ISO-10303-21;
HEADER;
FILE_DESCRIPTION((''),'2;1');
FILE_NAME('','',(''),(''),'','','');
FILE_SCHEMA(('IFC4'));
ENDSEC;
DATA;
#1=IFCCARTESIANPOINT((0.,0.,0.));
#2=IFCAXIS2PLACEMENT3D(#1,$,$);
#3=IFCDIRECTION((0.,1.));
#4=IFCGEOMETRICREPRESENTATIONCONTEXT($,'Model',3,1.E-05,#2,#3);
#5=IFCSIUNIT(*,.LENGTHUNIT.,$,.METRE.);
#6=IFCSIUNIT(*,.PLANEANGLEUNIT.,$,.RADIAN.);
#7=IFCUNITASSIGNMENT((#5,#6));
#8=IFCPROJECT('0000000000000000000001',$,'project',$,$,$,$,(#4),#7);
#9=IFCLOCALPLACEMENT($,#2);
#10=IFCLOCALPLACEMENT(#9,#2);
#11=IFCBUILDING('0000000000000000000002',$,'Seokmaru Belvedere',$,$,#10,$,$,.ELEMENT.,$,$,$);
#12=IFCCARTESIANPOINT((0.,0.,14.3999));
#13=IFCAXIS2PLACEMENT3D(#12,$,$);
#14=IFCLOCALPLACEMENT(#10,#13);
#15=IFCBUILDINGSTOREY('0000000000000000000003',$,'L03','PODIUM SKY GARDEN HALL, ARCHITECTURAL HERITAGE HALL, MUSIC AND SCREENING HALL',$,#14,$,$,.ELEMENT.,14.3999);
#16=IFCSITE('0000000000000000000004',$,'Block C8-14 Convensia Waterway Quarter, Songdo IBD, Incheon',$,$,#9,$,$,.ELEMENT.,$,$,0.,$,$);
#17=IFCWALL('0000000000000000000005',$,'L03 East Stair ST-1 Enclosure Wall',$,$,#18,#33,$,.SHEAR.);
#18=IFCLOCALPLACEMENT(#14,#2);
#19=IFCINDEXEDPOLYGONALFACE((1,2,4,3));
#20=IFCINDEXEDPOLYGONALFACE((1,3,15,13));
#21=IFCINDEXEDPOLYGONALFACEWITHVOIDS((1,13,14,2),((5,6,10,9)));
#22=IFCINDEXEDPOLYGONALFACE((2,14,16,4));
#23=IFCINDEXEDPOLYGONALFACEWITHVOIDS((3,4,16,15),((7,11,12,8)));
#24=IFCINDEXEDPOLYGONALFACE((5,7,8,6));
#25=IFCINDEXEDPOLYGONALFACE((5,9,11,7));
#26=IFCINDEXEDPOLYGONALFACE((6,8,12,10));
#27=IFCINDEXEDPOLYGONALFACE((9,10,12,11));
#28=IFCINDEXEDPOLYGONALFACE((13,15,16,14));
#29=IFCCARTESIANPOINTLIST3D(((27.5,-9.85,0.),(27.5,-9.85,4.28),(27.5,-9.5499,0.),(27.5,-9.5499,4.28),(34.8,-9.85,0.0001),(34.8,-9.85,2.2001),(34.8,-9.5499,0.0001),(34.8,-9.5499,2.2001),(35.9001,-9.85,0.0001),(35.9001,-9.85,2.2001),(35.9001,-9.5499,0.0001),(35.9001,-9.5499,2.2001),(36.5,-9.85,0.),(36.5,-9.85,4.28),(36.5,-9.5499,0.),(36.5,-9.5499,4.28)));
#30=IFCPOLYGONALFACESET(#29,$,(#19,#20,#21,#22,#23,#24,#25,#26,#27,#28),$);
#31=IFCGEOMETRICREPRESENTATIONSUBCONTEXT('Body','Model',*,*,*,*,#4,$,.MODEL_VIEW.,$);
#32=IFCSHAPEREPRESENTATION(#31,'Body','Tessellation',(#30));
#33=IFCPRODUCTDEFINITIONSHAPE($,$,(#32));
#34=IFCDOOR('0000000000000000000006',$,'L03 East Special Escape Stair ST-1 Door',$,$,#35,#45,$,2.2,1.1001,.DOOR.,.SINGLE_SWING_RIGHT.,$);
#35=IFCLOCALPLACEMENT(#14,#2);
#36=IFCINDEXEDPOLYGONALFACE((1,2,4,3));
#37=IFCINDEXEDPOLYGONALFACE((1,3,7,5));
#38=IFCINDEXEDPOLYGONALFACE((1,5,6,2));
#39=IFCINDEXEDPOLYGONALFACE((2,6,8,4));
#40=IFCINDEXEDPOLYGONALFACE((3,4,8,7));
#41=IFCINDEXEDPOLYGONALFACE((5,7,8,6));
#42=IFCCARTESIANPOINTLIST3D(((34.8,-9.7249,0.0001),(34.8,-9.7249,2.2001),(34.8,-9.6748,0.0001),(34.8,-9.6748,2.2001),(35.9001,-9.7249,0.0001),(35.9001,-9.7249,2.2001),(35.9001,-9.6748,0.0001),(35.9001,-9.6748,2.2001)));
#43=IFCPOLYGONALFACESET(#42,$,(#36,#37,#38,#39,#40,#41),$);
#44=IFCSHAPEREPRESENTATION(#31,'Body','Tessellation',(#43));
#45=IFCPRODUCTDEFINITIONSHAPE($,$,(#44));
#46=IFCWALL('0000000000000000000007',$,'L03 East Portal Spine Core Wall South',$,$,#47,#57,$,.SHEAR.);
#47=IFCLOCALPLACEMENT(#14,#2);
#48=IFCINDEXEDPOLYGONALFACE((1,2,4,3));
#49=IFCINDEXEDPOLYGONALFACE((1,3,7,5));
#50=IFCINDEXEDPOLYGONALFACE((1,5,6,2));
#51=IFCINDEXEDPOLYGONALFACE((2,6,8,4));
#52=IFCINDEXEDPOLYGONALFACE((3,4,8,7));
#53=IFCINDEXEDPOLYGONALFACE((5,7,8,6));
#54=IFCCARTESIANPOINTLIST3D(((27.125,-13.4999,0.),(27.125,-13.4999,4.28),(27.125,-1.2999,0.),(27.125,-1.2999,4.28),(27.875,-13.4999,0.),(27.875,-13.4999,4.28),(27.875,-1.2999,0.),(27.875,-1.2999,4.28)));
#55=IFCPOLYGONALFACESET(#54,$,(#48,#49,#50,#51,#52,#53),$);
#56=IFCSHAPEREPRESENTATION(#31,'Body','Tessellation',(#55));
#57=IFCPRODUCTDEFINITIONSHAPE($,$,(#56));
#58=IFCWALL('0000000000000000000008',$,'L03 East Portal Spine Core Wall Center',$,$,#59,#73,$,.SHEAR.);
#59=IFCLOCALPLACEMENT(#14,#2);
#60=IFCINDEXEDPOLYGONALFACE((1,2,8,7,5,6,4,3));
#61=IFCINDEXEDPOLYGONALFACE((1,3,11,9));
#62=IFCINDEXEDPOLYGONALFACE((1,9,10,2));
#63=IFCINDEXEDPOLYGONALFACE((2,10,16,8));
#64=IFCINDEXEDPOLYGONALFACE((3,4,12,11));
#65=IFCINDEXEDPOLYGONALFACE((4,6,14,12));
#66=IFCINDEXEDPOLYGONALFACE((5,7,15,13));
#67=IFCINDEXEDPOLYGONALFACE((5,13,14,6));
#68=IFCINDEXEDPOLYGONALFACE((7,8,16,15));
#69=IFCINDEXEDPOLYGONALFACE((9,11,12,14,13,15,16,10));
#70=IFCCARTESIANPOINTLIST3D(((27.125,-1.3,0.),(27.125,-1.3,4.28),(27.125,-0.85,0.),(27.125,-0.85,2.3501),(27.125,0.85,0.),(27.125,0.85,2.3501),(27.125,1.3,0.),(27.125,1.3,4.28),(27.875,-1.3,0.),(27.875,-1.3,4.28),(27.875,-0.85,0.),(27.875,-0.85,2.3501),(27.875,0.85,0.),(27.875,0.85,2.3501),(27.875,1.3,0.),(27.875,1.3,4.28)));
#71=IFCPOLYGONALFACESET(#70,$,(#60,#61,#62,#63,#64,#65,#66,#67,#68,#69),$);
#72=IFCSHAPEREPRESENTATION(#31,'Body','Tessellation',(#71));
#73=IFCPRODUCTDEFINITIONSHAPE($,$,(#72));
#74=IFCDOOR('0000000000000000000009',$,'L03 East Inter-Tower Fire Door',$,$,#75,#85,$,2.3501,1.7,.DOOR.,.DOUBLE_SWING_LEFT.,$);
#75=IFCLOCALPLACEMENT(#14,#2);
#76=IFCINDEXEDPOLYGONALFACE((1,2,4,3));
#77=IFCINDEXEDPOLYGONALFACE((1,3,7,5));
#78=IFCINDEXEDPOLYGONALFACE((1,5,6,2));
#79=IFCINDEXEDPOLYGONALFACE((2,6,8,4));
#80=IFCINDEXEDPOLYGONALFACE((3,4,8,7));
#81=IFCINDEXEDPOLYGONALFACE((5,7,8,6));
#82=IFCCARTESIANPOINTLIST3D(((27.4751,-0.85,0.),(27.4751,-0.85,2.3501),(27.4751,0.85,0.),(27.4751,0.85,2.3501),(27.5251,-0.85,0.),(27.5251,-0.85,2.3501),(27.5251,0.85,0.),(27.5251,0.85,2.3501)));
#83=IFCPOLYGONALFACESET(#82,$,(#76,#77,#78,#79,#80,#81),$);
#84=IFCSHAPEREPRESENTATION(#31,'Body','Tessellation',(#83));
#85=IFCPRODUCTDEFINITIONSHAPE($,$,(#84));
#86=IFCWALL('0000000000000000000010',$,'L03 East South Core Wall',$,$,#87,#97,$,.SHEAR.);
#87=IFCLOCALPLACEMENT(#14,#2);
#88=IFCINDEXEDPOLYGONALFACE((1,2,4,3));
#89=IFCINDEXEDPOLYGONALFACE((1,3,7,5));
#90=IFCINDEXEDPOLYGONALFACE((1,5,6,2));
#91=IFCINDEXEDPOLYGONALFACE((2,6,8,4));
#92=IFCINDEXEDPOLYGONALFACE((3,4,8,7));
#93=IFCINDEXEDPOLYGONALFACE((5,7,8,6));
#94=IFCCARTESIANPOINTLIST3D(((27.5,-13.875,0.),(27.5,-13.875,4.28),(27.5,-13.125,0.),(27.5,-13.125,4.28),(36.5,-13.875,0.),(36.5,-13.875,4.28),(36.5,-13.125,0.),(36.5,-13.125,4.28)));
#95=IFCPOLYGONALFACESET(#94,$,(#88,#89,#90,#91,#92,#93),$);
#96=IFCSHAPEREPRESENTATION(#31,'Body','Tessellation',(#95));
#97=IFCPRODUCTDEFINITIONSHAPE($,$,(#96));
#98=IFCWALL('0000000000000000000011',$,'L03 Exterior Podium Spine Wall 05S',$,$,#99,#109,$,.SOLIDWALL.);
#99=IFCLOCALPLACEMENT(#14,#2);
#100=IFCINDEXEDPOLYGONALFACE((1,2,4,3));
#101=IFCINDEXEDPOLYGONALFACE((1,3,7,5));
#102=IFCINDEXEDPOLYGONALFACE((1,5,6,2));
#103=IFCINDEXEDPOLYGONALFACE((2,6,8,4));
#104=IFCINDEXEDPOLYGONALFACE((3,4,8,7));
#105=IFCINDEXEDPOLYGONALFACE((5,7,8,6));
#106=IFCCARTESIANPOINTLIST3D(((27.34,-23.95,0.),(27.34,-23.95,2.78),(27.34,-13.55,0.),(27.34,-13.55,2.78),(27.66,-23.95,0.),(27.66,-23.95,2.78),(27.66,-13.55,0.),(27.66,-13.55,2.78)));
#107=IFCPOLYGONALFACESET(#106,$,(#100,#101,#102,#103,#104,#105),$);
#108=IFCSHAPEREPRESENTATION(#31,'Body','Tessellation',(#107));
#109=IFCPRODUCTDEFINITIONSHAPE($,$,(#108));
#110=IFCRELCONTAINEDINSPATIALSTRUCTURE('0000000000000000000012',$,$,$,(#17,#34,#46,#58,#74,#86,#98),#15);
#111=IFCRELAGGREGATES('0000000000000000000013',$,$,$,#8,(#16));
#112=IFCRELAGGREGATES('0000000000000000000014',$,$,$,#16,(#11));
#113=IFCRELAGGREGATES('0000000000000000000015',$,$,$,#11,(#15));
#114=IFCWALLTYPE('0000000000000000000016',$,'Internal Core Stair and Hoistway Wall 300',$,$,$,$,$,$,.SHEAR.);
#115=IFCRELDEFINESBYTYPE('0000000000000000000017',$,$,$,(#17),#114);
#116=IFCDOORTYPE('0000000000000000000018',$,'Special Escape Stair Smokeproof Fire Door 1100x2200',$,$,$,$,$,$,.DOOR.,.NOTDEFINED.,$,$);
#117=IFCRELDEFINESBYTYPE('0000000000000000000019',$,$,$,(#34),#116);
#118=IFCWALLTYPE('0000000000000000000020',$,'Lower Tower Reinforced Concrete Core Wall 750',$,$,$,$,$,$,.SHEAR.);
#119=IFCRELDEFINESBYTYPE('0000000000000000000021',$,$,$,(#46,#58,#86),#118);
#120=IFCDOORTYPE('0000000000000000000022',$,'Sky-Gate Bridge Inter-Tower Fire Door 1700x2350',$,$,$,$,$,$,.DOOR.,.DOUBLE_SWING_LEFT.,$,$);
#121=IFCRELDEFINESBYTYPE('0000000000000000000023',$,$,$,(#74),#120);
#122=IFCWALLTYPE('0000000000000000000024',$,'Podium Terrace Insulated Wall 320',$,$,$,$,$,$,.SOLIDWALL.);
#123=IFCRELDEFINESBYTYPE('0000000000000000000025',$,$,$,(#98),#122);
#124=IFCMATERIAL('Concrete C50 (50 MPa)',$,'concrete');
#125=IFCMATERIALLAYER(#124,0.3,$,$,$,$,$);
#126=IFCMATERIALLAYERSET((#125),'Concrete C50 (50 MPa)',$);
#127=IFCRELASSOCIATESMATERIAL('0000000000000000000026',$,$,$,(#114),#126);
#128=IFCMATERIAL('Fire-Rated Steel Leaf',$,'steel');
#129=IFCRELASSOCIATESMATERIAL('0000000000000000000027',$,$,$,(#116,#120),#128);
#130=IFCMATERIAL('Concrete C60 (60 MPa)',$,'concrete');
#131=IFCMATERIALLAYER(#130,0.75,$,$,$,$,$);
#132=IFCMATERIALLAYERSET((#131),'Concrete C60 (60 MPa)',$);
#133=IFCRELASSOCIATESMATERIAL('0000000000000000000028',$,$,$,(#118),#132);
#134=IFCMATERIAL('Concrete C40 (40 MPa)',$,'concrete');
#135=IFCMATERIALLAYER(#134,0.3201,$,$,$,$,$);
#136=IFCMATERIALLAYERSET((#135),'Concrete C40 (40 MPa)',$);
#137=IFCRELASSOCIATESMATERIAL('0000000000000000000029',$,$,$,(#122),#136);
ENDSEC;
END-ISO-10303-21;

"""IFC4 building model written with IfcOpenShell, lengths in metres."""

from ifc_helpers import new_model, si_unit, direction, frame, frame_2d, origin, place, context, subcontext, project, spatial, rectangle, extrude, source, transform, mapped, material, layer, layer_set, type_object, type_shapes, element, fill, save


model = new_model("IFC4")

# Units and contexts
model_context = context("Model", 3, precision=1e-05, world=origin(), true_north=direction((0.0, 1.0)))
body_context = subcontext(model_context, "Body", "Model", "MODEL_VIEW")
ifc_project = project(units=[si_unit("LENGTHUNIT", "METRE"), si_unit("PLANEANGLEUNIT", "RADIAN")], contexts=[model_context])

# Site, building, storey
site_placement = place(None, origin())
site = spatial("IfcSite", under=ifc_project, at=site_placement, Name="Block C8-14 Convensia Waterway Quarter, Songdo IBD, Incheon", CompositionType="ELEMENT", RefElevation=0.0)
building_placement = place(site_placement, origin())
building = spatial("IfcBuilding", under=site, at=building_placement, Name="Seokmaru Belvedere", CompositionType="ELEMENT")
storey_placement = place(building_placement, frame((0.0, 0.0, 14.3999)))
storey = spatial("IfcBuildingStorey", under=building, at=storey_placement, Name="L03", Description="PODIUM SKY GARDEN HALL, ARCHITECTURAL HERITAGE HALL, MUSIC AND SCREENING HALL", CompositionType="ELEMENT", Elevation=14.3999)

# Shared definitions
ifc_material_1 = material(Name="Concrete C50 (50 MPa)", Category="concrete")

# Wall, opening, door
ifc_layer_1 = layer(ifc_material_1, 0.3)
ifc_layer_set_1 = layer_set([ifc_layer_1], Name="Concrete C50 (50 MPa)")
wall_type_1 = type_object("IfcWallType", Name="Internal Core Stair and Hoistway Wall 300", PredefinedType="SHEAR", material=ifc_layer_set_1)
wall_1_placement = place(storey_placement, frame((27.5, -9.7, 0.0), z_axis=(0.0, 0.0, 1.0), x_axis=(1.0, 0.0, 0.0)))
wall_1 = element("IfcWall", 1, at=wall_1_placement, inside=storey, type_object=wall_type_1, Name="L03 East Stair ST-1 Enclosure Wall", PredefinedType="SHEAR", context=body_context, shape_type="SweptSolid", body=[
    extrude(rectangle(XDim=9.0, YDim=0.3, at=frame_2d((4.5, 0.0))), origin(), (0.0, 0.0, 1.0), 4.28),
])
opening_1_placement = place(wall_1_placement, frame((7.3, 0.0, 0.0)))
opening_1 = element("IfcOpeningElement", 2, at=opening_1_placement, cuts=wall_1, PredefinedType="OPENING", context=body_context, shape_type="SweptSolid", body=[
    extrude(rectangle(XDim=1.1001, YDim=2.2, at=frame_2d((0.55, 1.1001))), frame((0.0, 0.1602, 0.0), z_axis=(0.0, -1.0, 0.0), x_axis=(1.0, 0.0, 0.0)), (0.0, 0.0, 1.0), 0.3201),
])
ifc_material_2 = material(Name="Fire-Rated Steel Leaf", Category="steel")
door_type_1 = type_object("IfcDoorType", Name="Special Escape Stair Smokeproof Fire Door 1100x2200", OperationType="NOTDEFINED", PredefinedType="DOOR", material=ifc_material_2)
shared_shape_1 = source(origin(), body_context, "Body", "SweptSolid", [
    extrude(rectangle(XDim=1.1001, YDim=2.2, at=frame_2d((0.55, 1.1001))), frame((0.0, 0.0249, 0.0), z_axis=(0.0, -1.0, 0.0), x_axis=(1.0, 0.0, 0.0)), (0.0, 0.0, 1.0), 0.05),
])
type_shapes(door_type_1, [shared_shape_1])
door_1_placement = place(opening_1_placement, frame((1.1001, 0.0, 0.0), z_axis=(0.0, 0.0, 1.0), x_axis=(-1.0, 0.0, 0.0)))
door_1 = element("IfcDoor", 3, at=door_1_placement, inside=storey, type_object=door_type_1, Name="L03 East Special Escape Stair ST-1 Door", OperationType="SINGLE_SWING_RIGHT", OverallHeight=2.2, OverallWidth=1.1001, PredefinedType="DOOR", context=body_context, shape_type="MappedRepresentation", body=[
    mapped(shared_shape_1, transform((0.0, 0.0, 0.0), scale=1.0)),
])
fill(opening_1, door_1)

# Wall
ifc_material_3 = material(Name="Concrete C60 (60 MPa)", Category="concrete")
ifc_layer_2 = layer(ifc_material_3, 0.75)
ifc_layer_set_2 = layer_set([ifc_layer_2], Name="Concrete C60 (60 MPa)")
wall_type_2 = type_object("IfcWallType", Name="Lower Tower Reinforced Concrete Core Wall 750", PredefinedType="SHEAR", material=ifc_layer_set_2)
wall_2_placement = place(storey_placement, frame((27.5, -13.5, 0.0), z_axis=(0.0, 0.0, 1.0), x_axis=(0.0, 1.0, 0.0)))
element("IfcWall", 4, at=wall_2_placement, inside=storey, type_object=wall_type_2, Name="L03 East Portal Spine Core Wall South", PredefinedType="SHEAR", context=body_context, shape_type="SweptSolid", body=[
    extrude(rectangle(XDim=12.2, YDim=0.75, at=frame_2d((6.1001, 0.0))), origin(), (0.0, 0.0, 1.0), 4.28),
])

# Wall, opening, door
wall_3_placement = place(storey_placement, frame((27.5, -1.3, 0.0), z_axis=(0.0, 0.0, 1.0), x_axis=(0.0, 1.0, 0.0)))
wall_3 = element("IfcWall", 5, at=wall_3_placement, inside=storey, type_object=wall_type_2, Name="L03 East Portal Spine Core Wall Center", PredefinedType="SHEAR", context=body_context, shape_type="SweptSolid", body=[
    extrude(rectangle(XDim=2.6001, YDim=0.75, at=frame_2d((1.3, 0.0))), origin(), (0.0, 0.0, 1.0), 4.28),
])
opening_2_placement = place(wall_3_placement, frame((0.45, 0.0, 0.0)))
opening_2 = element("IfcOpeningElement", 6, at=opening_2_placement, cuts=wall_3, PredefinedType="OPENING", context=body_context, shape_type="SweptSolid", body=[
    extrude(rectangle(XDim=1.7, YDim=2.3501, at=frame_2d((0.8501, 1.175))), frame((0.0, 0.385, 0.0), z_axis=(0.0, -1.0, 0.0), x_axis=(1.0, 0.0, 0.0)), (0.0, 0.0, 1.0), 0.77),
])
door_type_2 = type_object("IfcDoorType", Name="Sky-Gate Bridge Inter-Tower Fire Door 1700x2350", OperationType="DOUBLE_SWING_LEFT", PredefinedType="DOOR", material=ifc_material_2)
shared_shape_2 = source(origin(), body_context, "Body", "SweptSolid", [
    extrude(rectangle(XDim=1.7, YDim=2.3501, at=frame_2d((0.8501, 1.175))), frame((0.0, 0.0249, 0.0), z_axis=(0.0, -1.0, 0.0), x_axis=(1.0, 0.0, 0.0)), (0.0, 0.0, 1.0), 0.05),
])
type_shapes(door_type_2, [shared_shape_2])
door_2_placement = place(opening_2_placement, origin())
door_2 = element("IfcDoor", 7, at=door_2_placement, inside=storey, type_object=door_type_2, Name="L03 East Inter-Tower Fire Door", OperationType="DOUBLE_SWING_LEFT", OverallHeight=2.3501, OverallWidth=1.7, PredefinedType="DOOR", context=body_context, shape_type="MappedRepresentation", body=[
    mapped(shared_shape_2, transform((0.0, 0.0, 0.0), scale=1.0)),
])
fill(opening_2, door_2)

# Walls
wall_4_placement = place(storey_placement, frame((27.5, -13.5, 0.0), z_axis=(0.0, 0.0, 1.0), x_axis=(1.0, 0.0, 0.0)))
element("IfcWall", 8, at=wall_4_placement, inside=storey, type_object=wall_type_2, Name="L03 East South Core Wall", PredefinedType="SHEAR", context=body_context, shape_type="SweptSolid", body=[
    extrude(rectangle(XDim=9.0, YDim=0.75, at=frame_2d((4.5, 0.0))), origin(), (0.0, 0.0, 1.0), 4.28),
])
ifc_material_4 = material(Name="Concrete C40 (40 MPa)", Category="concrete")
ifc_layer_3 = layer(ifc_material_4, 0.3201)
ifc_layer_set_3 = layer_set([ifc_layer_3], Name="Concrete C40 (40 MPa)")
wall_type_3 = type_object("IfcWallType", Name="Podium Terrace Insulated Wall 320", PredefinedType="SOLIDWALL", material=ifc_layer_set_3)
wall_5_placement = place(storey_placement, frame((27.5, -23.95, 0.0), z_axis=(0.0, 0.0, 1.0), x_axis=(0.0, 1.0, 0.0)))
element("IfcWall", 9, at=wall_5_placement, inside=storey, type_object=wall_type_3, Name="L03 Exterior Podium Spine Wall 05S", PredefinedType="SOLIDWALL", context=body_context, shape_type="SweptSolid", body=[
    extrude(rectangle(XDim=10.3999, YDim=0.3201, at=frame_2d((5.2, 0.0))), origin(), (0.0, 0.0, 1.0), 2.78),
])

save(model, "model.ifc")
